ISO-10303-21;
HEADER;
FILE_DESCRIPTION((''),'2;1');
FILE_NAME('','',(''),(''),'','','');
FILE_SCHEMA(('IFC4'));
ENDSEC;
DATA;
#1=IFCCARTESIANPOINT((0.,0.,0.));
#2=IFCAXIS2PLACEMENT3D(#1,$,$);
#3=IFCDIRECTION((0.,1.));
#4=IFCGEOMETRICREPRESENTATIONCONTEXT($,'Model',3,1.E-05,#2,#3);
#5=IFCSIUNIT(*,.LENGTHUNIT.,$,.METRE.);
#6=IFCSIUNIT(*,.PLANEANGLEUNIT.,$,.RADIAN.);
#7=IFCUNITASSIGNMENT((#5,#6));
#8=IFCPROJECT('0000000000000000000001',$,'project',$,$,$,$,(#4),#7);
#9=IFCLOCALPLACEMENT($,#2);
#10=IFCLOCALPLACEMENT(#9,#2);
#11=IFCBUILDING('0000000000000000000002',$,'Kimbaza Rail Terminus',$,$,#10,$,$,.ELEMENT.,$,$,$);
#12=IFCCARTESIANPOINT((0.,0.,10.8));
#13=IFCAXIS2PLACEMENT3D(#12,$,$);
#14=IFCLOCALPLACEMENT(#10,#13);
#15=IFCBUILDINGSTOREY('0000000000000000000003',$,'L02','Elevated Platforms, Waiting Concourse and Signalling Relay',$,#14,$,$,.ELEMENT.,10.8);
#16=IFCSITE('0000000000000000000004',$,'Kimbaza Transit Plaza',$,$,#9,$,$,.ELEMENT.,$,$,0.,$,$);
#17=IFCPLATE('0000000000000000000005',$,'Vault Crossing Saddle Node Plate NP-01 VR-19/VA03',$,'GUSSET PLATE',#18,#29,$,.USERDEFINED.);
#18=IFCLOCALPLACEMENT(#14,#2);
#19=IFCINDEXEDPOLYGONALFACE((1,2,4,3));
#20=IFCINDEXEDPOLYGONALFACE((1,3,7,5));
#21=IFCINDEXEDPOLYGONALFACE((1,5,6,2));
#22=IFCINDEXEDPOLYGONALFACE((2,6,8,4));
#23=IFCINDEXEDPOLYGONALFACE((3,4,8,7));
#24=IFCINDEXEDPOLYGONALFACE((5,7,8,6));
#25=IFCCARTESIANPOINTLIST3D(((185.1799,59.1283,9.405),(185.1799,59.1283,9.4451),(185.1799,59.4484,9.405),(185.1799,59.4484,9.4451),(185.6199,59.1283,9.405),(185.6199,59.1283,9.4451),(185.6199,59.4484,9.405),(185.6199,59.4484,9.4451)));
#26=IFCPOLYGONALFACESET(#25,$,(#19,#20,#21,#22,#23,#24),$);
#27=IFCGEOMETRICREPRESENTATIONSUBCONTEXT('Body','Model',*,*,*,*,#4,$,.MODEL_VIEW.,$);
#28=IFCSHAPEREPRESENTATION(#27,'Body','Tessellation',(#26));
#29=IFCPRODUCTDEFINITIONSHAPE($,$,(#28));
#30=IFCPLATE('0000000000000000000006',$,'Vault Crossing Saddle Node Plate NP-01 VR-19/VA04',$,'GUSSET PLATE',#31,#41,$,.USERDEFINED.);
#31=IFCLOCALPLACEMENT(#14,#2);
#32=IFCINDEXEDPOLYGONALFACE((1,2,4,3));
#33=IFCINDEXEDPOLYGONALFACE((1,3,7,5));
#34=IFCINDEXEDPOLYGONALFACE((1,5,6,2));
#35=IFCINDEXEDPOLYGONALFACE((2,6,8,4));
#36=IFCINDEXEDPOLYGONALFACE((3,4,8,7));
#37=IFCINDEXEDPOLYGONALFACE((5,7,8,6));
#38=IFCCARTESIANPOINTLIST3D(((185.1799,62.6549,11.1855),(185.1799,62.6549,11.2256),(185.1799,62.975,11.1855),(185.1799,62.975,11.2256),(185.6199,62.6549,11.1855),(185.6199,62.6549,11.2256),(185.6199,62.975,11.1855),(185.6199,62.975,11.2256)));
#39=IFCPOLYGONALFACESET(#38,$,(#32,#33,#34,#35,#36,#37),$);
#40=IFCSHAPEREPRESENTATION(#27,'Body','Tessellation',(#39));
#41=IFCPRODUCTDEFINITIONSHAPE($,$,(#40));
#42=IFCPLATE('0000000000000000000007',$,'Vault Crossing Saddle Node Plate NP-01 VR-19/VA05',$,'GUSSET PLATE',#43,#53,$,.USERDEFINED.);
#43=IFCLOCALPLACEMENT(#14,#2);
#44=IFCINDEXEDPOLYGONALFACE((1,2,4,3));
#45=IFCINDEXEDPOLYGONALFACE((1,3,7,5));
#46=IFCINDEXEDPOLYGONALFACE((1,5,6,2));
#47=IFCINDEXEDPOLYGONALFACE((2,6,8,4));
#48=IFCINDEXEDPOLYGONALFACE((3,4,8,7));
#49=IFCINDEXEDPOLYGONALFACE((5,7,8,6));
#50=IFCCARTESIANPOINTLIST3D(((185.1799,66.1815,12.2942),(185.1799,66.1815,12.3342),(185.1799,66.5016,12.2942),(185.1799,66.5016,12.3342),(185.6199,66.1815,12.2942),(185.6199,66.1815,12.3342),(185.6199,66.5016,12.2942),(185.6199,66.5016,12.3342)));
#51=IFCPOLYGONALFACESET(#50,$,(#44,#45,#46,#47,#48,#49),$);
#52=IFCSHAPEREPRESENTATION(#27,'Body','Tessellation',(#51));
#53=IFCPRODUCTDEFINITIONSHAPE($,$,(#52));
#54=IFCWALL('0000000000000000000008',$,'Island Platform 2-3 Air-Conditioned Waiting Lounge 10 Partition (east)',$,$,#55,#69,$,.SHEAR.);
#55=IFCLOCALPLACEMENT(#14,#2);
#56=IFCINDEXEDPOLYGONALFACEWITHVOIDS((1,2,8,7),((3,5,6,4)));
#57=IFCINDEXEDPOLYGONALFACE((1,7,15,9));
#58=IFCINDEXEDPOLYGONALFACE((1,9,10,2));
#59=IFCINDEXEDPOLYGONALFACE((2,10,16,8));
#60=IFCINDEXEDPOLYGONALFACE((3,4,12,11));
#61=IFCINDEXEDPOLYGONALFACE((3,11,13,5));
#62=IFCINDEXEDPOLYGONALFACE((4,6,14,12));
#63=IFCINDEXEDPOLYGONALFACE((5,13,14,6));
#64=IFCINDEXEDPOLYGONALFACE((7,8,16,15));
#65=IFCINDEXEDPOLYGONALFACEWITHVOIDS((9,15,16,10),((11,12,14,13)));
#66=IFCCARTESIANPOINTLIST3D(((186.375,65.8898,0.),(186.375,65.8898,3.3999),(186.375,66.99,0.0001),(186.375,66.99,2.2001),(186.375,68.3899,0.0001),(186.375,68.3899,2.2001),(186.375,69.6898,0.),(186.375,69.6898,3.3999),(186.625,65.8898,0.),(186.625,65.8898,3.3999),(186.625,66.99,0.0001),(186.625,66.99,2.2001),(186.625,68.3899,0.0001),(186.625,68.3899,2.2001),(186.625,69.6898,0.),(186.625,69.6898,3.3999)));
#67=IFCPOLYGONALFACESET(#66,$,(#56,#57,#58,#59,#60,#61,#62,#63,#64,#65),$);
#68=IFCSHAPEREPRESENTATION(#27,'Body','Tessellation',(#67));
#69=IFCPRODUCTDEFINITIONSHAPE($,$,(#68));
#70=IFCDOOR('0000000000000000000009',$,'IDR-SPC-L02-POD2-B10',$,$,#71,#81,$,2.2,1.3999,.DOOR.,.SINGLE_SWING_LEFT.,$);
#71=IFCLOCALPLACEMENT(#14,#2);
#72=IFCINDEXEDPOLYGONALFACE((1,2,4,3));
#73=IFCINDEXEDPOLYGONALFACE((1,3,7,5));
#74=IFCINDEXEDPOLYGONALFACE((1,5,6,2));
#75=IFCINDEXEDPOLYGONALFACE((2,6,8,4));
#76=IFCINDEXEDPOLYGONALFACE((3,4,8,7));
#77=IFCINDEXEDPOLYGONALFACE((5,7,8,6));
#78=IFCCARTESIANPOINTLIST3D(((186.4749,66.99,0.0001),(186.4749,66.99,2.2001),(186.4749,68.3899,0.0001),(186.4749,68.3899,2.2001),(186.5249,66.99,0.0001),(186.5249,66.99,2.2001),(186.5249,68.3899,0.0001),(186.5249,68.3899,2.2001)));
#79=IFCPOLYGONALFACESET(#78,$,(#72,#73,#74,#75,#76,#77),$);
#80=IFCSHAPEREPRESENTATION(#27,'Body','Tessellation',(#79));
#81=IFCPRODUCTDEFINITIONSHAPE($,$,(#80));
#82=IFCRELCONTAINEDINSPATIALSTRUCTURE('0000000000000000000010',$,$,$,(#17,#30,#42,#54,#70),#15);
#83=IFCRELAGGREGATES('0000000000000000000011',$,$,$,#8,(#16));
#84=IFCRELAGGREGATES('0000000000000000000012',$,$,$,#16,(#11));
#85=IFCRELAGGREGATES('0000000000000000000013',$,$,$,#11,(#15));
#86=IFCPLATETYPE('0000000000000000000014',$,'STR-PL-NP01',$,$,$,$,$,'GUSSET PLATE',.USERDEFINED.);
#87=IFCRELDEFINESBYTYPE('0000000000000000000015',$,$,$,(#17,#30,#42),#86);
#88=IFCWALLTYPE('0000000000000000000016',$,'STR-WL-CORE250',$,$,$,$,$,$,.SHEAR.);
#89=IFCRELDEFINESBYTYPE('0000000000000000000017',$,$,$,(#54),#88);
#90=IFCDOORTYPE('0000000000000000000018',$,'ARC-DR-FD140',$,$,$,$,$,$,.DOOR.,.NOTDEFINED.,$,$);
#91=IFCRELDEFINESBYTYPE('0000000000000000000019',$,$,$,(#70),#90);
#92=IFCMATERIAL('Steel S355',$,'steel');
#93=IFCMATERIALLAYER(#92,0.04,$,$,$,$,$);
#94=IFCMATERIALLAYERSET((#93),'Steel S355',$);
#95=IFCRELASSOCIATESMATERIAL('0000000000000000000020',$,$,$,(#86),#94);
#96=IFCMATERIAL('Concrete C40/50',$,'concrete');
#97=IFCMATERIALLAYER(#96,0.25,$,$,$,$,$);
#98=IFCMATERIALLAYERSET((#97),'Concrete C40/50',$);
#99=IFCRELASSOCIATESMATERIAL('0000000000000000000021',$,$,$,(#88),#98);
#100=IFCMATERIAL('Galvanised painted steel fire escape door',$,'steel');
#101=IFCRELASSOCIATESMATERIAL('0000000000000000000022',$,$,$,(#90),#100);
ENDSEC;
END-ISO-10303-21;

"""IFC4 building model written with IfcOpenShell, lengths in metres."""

from ifc_helpers import new_model, si_unit, direction, frame, frame_2d, origin, origin_2d, place, context, subcontext, project, spatial, rectangle, extrude, material, layer, layer_set, type_object, element, fill, save


model = new_model("IFC4")

# Units and contexts
model_context = context("Model", 3, precision=1e-05, world=origin(), true_north=direction((0.0, 1.0)))
body_context = subcontext(model_context, "Body", "Model", "MODEL_VIEW")
ifc_project = project(units=[si_unit("LENGTHUNIT", "METRE"), si_unit("PLANEANGLEUNIT", "RADIAN")], contexts=[model_context])

# Site, building, storey
site_placement = place(None, origin())
site = spatial("IfcSite", under=ifc_project, at=site_placement, Name="Kimbaza Transit Plaza", CompositionType="ELEMENT", RefElevation=0.0)
building_placement = place(site_placement, origin())
building = spatial("IfcBuilding", under=site, at=building_placement, Name="Kimbaza Rail Terminus", CompositionType="ELEMENT")
storey_placement = place(building_placement, frame((0.0, 0.0, 10.8)))
storey = spatial("IfcBuildingStorey", under=building, at=storey_placement, Name="L02", Description="Elevated Platforms, Waiting Concourse and Signalling Relay", CompositionType="ELEMENT", Elevation=10.8)

# Plates
ifc_material_1 = material(Name="Steel S355", Category="steel")
ifc_layer_1 = layer(ifc_material_1, 0.04)
ifc_layer_set_1 = layer_set([ifc_layer_1], Name="Steel S355")
plate_type_1 = type_object("IfcPlateType", Name="STR-PL-NP01", ElementType="GUSSET PLATE", PredefinedType="USERDEFINED", material=ifc_layer_set_1)
for number, where, z_axis, x_axis, name in (
    (1, (185.3999, 59.2883, 9.405), (0.0, 0.0, 1.0), (1.0, 0.0, 0.0), "Vault Crossing Saddle Node Plate NP-01 VR-19/VA03"),
    (2, (185.3999, 62.8149, 11.1855), (0.0, 0.0, 1.0), (1.0, 0.0, 0.0), "Vault Crossing Saddle Node Plate NP-01 VR-19/VA04"),
    (3, (185.3999, 66.3416, 12.2942), (0.0, 0.0, 1.0), (1.0, 0.0, 0.0), "Vault Crossing Saddle Node Plate NP-01 VR-19/VA05"),
):
    element("IfcPlate", number, at=place(storey_placement, frame(where, z_axis=z_axis, x_axis=x_axis)), inside=storey, type_object=plate_type_1, Name=name, ObjectType="GUSSET PLATE", PredefinedType="USERDEFINED", context=body_context, shape_type="SweptSolid", body=[
        extrude(rectangle(XDim=0.4399, YDim=0.3201, at=origin_2d()), origin(), (0.0, 0.0, 1.0), 0.04),
    ])

# Wall, opening, door
ifc_material_2 = material(Name="Concrete C40/50", Category="concrete")
ifc_layer_2 = layer(ifc_material_2, 0.25)
ifc_layer_set_2 = layer_set([ifc_layer_2], Name="Concrete C40/50")
wall_type = type_object("IfcWallType", Name="STR-WL-CORE250", PredefinedType="SHEAR", material=ifc_layer_set_2)
wall_placement = place(storey_placement, frame((186.5, 65.8899, 0.0), z_axis=(0.0, 0.0, 1.0), x_axis=(0.0, 1.0, 0.0)))
wall = element("IfcWall", 4, at=wall_placement, inside=storey, type_object=wall_type, Name="Island Platform 2-3 Air-Conditioned Waiting Lounge 10 Partition (east)", PredefinedType="SHEAR", context=body_context, shape_type="SweptSolid", body=[
    extrude(rectangle(XDim=3.8, YDim=0.25, at=frame_2d((1.8999, 0.0))), origin(), (0.0, 0.0, 1.0), 3.3999),
])
opening_placement = place(wall_placement, frame((2.5, 0.0, 0.0), z_axis=(0.0, 0.0, 1.0), x_axis=(-1.0, 0.0, 0.0)))
opening = element("IfcOpeningElement", 5, at=opening_placement, cuts=wall, PredefinedType="OPENING", context=body_context, shape_type="SweptSolid", body=[
    extrude(rectangle(XDim=1.3999, YDim=2.2, at=frame_2d((0.7, 1.1001))), frame((0.0, 0.135, 0.0), z_axis=(0.0, -1.0, 0.0), x_axis=(1.0, 0.0, 0.0)), (0.0, 0.0, 1.0), 0.27),
])
ifc_material_3 = material(Name="Galvanised painted steel fire escape door", Category="steel")
door_type = type_object("IfcDoorType", Name="ARC-DR-FD140", OperationType="NOTDEFINED", PredefinedType="DOOR", material=ifc_material_3)
door_placement = place(opening_placement, origin())
door = element("IfcDoor", 6, at=door_placement, inside=storey, type_object=door_type, Name="IDR-SPC-L02-POD2-B10", OperationType="SINGLE_SWING_LEFT", OverallHeight=2.2, OverallWidth=1.3999, PredefinedType="DOOR", context=body_context, shape_type="SweptSolid", body=[
    extrude(rectangle(XDim=1.3999, YDim=2.2, at=frame_2d((0.7, 1.1001))), frame((0.0, 0.0249, 0.0), z_axis=(0.0, -1.0, 0.0), x_axis=(1.0, 0.0, 0.0)), (0.0, 0.0, 1.0), 0.05),
])
fill(opening, door)

save(model, "model.ifc")
